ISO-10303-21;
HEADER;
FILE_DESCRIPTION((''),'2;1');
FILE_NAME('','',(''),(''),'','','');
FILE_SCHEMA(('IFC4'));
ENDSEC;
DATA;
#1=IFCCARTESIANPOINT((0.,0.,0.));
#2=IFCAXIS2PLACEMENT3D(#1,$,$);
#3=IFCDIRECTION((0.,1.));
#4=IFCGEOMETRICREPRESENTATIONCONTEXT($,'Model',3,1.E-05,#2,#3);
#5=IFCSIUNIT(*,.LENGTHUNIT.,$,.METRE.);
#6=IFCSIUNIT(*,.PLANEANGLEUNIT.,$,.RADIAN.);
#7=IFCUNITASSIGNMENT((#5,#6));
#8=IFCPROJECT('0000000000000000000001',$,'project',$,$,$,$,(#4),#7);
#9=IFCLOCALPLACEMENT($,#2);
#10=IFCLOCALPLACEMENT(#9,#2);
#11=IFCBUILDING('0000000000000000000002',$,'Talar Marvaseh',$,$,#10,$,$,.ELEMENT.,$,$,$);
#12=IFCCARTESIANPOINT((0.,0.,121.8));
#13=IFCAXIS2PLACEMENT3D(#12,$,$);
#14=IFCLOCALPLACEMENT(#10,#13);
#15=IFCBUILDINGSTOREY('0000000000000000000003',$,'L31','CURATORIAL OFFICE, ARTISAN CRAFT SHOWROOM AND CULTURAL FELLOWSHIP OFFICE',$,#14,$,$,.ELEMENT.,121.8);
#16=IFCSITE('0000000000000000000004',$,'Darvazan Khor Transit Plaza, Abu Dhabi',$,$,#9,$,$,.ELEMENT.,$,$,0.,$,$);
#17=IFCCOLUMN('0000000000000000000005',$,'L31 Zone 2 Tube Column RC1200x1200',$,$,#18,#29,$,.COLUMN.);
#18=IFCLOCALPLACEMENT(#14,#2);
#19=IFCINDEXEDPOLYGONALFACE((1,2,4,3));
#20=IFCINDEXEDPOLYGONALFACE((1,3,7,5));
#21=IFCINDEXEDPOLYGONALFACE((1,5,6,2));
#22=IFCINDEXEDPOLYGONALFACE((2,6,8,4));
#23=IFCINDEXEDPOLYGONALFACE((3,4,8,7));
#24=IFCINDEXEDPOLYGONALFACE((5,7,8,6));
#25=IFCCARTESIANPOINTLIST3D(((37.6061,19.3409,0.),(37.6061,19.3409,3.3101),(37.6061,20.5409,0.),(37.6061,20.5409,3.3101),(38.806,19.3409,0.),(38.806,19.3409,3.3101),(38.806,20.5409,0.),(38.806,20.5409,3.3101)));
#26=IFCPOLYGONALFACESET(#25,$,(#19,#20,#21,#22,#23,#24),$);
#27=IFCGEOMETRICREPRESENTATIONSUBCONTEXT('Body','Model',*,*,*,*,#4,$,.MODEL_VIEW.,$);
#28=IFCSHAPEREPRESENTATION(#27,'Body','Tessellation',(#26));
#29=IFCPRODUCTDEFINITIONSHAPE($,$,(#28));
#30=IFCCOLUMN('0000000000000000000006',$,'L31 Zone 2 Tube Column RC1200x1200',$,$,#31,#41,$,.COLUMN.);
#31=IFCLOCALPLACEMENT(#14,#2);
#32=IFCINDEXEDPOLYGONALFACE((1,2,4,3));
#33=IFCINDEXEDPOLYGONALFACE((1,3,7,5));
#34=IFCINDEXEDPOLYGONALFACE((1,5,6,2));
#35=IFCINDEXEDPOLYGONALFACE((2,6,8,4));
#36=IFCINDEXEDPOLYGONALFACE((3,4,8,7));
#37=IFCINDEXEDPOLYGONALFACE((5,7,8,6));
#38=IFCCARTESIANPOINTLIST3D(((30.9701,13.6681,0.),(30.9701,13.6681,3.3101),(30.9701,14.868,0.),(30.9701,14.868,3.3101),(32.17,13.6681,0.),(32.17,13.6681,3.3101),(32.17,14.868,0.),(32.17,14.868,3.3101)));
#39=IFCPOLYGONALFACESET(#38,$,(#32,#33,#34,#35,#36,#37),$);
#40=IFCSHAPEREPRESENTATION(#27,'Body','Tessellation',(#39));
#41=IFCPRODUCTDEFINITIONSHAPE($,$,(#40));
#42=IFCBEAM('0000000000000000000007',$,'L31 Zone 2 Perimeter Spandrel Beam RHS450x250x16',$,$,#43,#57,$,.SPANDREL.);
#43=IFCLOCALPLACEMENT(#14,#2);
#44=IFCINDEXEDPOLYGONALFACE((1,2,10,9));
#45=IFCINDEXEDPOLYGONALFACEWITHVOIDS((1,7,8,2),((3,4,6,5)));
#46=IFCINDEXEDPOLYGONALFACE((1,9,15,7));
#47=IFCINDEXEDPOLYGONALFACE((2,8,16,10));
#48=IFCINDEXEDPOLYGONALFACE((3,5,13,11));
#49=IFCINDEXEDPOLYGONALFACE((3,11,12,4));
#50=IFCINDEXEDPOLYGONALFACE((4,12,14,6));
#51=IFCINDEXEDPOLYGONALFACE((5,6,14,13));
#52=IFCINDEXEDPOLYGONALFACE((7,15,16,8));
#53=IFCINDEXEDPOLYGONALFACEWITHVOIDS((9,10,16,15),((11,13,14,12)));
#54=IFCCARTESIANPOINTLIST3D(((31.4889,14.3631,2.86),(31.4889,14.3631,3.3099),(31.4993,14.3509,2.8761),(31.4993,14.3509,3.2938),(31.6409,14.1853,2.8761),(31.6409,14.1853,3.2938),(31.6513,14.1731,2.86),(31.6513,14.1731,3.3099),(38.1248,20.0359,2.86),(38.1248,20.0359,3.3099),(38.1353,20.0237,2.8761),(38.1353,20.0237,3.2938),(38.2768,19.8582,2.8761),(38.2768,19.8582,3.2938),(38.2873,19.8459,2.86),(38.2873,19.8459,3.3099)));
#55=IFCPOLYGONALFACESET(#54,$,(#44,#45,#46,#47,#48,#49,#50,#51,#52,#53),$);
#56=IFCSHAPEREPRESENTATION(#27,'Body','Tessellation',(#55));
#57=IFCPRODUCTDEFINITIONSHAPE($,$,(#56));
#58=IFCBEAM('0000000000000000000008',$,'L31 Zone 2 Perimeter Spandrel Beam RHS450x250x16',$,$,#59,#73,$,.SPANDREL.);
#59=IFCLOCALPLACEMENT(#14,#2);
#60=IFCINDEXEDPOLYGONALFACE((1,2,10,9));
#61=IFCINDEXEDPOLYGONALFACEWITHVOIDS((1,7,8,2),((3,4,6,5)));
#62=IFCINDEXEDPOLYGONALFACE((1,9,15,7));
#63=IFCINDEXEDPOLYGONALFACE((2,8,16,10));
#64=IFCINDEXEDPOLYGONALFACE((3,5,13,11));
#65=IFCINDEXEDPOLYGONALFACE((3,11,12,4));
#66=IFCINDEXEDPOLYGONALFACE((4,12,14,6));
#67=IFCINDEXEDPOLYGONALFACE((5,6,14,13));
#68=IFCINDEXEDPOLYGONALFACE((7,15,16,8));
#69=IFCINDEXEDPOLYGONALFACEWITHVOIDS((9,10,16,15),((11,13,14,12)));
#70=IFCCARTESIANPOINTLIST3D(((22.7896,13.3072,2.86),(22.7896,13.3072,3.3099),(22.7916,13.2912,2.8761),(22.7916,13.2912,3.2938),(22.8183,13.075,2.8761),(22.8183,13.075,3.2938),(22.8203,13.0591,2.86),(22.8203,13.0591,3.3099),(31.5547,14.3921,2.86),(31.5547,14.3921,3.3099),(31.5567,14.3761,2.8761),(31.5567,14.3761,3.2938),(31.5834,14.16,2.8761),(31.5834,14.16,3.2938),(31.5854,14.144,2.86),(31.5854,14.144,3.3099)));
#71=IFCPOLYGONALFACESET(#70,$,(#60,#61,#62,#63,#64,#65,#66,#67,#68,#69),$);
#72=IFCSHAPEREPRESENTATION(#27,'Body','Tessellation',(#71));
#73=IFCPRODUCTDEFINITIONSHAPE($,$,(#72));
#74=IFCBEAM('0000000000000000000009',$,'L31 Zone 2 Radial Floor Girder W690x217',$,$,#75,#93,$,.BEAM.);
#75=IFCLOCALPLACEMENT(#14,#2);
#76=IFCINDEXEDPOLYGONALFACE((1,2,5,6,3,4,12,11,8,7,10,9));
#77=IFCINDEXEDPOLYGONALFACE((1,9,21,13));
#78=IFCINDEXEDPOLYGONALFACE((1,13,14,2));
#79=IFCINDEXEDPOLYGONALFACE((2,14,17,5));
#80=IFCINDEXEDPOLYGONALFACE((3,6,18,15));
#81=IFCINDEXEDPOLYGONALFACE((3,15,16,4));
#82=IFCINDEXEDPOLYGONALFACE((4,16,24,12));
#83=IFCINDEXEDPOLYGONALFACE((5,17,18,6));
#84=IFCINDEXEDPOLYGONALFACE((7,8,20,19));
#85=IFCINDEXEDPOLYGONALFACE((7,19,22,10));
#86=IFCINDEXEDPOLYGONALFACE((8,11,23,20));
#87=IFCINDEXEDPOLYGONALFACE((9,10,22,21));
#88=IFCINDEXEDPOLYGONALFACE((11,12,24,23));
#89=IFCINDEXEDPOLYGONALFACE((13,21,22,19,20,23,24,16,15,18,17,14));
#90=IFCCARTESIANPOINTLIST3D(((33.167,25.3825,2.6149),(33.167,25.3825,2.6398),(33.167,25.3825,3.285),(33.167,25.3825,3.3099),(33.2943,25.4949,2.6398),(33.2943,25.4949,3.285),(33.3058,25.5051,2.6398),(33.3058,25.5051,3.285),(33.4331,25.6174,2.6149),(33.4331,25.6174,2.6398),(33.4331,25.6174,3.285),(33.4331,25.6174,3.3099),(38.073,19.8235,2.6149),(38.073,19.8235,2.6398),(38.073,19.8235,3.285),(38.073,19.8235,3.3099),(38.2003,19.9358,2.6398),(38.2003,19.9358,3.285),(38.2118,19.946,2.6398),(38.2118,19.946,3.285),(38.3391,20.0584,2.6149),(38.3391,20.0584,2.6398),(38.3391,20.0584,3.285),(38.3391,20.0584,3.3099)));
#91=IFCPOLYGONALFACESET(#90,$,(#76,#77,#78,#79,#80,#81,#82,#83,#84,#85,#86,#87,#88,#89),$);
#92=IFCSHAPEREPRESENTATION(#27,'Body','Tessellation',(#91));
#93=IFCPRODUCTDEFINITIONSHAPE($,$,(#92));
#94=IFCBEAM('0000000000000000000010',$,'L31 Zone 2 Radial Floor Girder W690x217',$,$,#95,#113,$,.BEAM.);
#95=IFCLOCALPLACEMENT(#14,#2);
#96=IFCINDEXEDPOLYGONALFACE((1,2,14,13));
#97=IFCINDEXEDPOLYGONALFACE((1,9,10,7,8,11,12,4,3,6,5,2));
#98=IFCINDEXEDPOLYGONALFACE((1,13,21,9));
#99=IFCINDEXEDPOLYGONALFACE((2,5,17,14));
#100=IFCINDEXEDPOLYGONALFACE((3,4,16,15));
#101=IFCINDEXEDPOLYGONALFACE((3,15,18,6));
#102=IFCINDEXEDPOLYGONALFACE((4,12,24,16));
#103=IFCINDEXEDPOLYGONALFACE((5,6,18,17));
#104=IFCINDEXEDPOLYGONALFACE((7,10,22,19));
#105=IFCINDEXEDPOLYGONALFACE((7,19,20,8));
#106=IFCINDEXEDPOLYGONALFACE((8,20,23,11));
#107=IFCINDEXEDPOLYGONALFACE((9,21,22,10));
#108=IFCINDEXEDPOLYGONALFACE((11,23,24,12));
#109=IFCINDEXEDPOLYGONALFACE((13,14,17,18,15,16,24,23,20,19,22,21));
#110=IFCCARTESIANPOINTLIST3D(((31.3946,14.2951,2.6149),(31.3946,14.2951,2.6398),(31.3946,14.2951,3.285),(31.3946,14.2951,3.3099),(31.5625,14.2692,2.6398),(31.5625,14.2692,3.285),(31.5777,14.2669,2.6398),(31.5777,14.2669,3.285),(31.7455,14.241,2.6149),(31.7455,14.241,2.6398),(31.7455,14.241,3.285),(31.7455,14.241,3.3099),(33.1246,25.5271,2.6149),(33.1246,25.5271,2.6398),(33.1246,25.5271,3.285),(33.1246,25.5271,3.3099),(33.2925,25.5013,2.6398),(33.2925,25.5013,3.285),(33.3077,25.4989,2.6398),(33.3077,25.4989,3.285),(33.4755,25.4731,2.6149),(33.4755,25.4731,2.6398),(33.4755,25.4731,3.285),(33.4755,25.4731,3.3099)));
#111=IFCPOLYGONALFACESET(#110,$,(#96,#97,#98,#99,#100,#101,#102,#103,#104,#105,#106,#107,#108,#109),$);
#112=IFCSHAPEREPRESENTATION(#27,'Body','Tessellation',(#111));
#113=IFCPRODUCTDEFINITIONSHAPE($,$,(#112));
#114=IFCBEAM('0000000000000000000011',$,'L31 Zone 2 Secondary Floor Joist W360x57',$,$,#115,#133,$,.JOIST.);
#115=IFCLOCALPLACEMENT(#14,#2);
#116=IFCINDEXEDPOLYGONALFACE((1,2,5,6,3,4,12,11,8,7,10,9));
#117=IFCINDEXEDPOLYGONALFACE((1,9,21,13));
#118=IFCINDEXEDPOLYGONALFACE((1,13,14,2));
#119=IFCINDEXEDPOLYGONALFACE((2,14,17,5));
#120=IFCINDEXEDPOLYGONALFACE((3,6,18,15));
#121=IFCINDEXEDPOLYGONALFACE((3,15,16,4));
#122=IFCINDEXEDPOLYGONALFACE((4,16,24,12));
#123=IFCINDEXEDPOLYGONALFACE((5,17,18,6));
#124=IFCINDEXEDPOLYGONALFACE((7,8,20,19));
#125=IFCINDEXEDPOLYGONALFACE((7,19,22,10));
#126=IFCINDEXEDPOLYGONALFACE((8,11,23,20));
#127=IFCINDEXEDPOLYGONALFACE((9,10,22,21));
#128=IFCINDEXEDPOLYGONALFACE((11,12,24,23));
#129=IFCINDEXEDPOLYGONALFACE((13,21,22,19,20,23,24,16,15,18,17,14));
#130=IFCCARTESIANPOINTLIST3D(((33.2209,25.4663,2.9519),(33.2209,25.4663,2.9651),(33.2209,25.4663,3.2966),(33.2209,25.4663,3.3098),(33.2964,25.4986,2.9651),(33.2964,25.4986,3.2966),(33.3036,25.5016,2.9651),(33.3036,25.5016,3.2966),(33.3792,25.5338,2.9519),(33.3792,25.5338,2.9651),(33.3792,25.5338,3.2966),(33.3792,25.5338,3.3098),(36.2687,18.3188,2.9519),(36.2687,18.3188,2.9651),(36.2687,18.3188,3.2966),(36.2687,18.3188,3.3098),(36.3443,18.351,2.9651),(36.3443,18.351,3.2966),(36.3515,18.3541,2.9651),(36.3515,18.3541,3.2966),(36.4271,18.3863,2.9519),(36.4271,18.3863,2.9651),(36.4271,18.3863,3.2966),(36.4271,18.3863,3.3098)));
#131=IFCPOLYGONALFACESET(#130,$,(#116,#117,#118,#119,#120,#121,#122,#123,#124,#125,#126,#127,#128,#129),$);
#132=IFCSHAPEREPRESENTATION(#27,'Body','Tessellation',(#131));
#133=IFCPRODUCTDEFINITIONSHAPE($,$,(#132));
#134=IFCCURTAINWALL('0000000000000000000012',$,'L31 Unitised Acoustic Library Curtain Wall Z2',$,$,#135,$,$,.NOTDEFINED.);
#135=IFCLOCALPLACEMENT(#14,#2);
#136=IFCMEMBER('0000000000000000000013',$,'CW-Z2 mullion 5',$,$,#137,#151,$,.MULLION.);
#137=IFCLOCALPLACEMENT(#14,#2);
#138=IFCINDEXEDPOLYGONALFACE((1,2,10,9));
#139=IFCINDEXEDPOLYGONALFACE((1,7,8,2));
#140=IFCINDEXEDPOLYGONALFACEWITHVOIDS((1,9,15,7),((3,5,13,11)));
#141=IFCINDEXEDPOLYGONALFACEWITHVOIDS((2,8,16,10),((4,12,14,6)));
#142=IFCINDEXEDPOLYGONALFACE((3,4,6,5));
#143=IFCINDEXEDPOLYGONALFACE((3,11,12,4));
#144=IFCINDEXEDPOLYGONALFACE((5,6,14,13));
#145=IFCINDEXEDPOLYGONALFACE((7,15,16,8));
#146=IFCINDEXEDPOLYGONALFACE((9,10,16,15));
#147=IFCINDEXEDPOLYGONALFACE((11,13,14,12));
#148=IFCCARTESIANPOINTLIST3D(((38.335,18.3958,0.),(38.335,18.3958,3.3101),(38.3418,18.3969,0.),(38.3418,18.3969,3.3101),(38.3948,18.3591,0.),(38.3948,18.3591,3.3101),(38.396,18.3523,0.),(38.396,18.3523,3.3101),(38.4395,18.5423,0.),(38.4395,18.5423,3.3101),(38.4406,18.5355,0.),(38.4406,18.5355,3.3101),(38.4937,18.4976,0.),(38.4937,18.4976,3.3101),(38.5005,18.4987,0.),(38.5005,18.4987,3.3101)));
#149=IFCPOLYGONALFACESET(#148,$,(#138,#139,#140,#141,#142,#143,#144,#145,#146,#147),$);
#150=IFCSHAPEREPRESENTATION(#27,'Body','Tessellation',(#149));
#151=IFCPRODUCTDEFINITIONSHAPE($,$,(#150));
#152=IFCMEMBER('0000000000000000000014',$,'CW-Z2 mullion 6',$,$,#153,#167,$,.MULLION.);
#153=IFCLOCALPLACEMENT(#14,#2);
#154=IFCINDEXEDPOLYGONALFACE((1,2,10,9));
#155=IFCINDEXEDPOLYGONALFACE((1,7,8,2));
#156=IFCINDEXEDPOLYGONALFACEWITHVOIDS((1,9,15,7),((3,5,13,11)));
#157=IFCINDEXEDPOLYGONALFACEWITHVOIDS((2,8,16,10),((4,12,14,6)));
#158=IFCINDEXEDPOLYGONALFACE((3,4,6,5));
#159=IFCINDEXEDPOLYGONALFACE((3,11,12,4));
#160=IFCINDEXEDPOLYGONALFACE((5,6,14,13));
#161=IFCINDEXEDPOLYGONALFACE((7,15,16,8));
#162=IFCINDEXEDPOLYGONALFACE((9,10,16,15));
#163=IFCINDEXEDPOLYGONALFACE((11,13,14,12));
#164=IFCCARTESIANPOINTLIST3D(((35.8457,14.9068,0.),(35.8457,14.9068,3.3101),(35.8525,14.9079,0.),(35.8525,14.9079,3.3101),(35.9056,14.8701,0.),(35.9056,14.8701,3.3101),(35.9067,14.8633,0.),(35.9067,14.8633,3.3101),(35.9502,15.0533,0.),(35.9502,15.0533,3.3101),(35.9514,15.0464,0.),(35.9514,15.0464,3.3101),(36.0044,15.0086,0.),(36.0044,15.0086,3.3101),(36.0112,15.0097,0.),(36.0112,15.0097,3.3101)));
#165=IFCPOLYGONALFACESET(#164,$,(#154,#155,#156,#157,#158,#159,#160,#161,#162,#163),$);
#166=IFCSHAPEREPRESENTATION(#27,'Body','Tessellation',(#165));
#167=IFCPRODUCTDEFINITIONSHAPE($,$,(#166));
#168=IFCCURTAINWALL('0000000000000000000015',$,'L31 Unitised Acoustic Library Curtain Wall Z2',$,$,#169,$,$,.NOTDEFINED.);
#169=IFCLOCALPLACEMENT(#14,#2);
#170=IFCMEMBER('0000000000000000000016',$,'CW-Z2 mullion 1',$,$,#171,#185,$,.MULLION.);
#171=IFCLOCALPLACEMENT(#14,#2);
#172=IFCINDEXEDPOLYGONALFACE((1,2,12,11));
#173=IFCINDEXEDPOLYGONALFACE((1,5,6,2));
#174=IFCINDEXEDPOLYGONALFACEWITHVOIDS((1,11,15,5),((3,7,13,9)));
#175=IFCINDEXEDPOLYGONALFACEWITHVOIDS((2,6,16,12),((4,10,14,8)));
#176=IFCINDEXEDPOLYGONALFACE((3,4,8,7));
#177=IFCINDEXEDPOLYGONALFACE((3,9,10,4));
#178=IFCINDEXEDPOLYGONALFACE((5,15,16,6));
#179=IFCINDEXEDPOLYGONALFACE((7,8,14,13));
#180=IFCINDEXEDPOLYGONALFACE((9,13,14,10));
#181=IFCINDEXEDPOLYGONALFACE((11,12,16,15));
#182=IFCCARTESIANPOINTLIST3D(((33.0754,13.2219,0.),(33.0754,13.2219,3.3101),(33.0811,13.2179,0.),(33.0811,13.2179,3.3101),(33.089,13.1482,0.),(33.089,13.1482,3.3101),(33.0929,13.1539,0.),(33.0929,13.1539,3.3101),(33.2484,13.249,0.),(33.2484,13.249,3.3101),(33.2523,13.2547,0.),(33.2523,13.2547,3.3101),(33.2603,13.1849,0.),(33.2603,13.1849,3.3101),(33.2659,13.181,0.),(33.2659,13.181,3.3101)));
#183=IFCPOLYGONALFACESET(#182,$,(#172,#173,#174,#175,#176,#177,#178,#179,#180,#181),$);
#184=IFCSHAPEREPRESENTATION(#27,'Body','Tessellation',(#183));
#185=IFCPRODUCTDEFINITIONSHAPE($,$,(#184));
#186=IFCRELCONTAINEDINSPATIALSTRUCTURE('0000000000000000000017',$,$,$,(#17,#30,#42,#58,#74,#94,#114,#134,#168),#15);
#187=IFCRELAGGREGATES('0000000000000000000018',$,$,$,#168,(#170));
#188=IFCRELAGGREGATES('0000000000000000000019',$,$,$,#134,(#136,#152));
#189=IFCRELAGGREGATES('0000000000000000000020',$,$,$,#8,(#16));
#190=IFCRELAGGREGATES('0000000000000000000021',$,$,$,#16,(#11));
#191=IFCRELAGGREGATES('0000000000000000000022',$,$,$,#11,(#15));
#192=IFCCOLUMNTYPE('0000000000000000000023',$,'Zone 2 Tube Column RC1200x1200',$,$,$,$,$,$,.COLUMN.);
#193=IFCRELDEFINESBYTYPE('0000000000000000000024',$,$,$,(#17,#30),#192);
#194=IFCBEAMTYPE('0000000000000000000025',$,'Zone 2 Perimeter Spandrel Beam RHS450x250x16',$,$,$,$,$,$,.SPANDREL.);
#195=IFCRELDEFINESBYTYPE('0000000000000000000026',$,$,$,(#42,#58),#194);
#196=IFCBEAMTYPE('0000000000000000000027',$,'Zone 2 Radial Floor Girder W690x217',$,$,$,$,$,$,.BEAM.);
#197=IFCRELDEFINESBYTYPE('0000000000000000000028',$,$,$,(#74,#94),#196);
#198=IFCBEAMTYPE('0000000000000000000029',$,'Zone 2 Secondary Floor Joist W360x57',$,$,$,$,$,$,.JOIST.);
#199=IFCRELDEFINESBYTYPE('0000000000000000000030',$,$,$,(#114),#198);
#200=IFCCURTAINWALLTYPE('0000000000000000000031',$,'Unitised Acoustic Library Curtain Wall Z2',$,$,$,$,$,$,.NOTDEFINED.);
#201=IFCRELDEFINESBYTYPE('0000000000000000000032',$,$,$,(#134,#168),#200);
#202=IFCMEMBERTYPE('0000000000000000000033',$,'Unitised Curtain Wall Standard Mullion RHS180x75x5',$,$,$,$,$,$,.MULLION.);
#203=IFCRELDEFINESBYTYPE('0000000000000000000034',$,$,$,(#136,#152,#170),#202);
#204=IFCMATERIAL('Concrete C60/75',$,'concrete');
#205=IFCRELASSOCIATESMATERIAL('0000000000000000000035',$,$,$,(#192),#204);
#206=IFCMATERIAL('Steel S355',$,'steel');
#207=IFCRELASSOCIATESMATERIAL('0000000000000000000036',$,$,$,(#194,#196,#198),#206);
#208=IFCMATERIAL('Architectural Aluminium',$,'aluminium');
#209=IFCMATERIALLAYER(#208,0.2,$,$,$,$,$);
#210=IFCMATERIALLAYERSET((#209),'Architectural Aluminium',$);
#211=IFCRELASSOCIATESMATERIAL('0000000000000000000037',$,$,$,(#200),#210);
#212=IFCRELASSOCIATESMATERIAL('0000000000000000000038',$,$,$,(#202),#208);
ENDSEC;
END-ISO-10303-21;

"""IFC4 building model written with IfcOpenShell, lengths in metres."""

from ifc_helpers import new_model, si_unit, direction, frame, origin, origin_2d, place, context, subcontext, project, spatial, rectangle, hollow_rectangle, i_section, extrude, source, transform, mapped, material, layer, layer_set, material_profile, profile_set, type_object, type_shapes, element, aggregate, save


model = new_model("IFC4")

# Units and contexts
model_context = context("Model", 3, precision=1e-05, world=origin(), true_north=direction((0.0, 1.0)))
body_context = subcontext(model_context, "Body", "Model", "MODEL_VIEW")
ifc_project = project(units=[si_unit("LENGTHUNIT", "METRE"), si_unit("PLANEANGLEUNIT", "RADIAN")], contexts=[model_context])

# Site, building, storey
site_placement = place(None, origin())
site = spatial("IfcSite", under=ifc_project, at=site_placement, Name="Darvazan Khor Transit Plaza, Abu Dhabi", CompositionType="ELEMENT", RefElevation=0.0)
building_placement = place(site_placement, origin())
building = spatial("IfcBuilding", under=site, at=building_placement, Name="Talar Marvaseh", CompositionType="ELEMENT")
storey_placement = place(building_placement, frame((0.0, 0.0, 121.8)))
storey = spatial("IfcBuildingStorey", under=building, at=storey_placement, Name="L31", Description="CURATORIAL OFFICE, ARTISAN CRAFT SHOWROOM AND CULTURAL FELLOWSHIP OFFICE", CompositionType="ELEMENT", Elevation=121.8)

# Columns
ifc_material_1 = material(Name="Concrete C60/75", Category="concrete")
ifc_material_profile_1 = material_profile(ifc_material_1, rectangle(XDim=1.2, YDim=1.2, at=origin_2d()), Name="RC1200x1200")
ifc_profile_set_1 = profile_set([ifc_material_profile_1], Name="Concrete C60/75")
column_type = type_object("IfcColumnType", Name="Zone 2 Tube Column RC1200x1200", PredefinedType="COLUMN", material=ifc_profile_set_1)
for number, where, z_axis, x_axis, name in (
    (1, (38.2061, 19.9409, 0.0), (0.0, 0.0, 1.0), (1.0, 0.0, 0.0), "L31 Zone 2 Tube Column RC1200x1200"),
    (2, (31.5701, 14.2681, 0.0), (0.0, 0.0, 1.0), (1.0, 0.0, 0.0), "L31 Zone 2 Tube Column RC1200x1200"),
):
    element("IfcColumn", number, at=place(storey_placement, frame(where, z_axis=z_axis, x_axis=x_axis)), inside=storey, type_object=column_type, Name=name, PredefinedType="COLUMN", context=body_context, shape_type="SweptSolid", body=[
        extrude(rectangle(XDim=1.2, YDim=1.2, at=origin_2d()), origin(), (0.0, 0.0, 1.0), 3.3101),
    ])

# Beams
ifc_material_2 = material(Name="Steel S355", Category="steel")
ifc_material_profile_2 = material_profile(ifc_material_2, hollow_rectangle(XDim=0.25, YDim=0.45, WallThickness=0.0161, at=origin_2d()), Name="RHS450x250x16")
ifc_profile_set_2 = profile_set([ifc_material_profile_2], Name="Steel S355")
beam_type_1 = type_object("IfcBeamType", Name="Zone 2 Perimeter Spandrel Beam RHS450x250x16", PredefinedType="SPANDREL", material=ifc_profile_set_2)
beam_1_placement = place(storey_placement, frame((38.2061, 19.9409, 3.085), z_axis=(-0.760113, -0.649791, 0.0), x_axis=(0.649791, -0.760113, 0.0)))
element("IfcBeam", 3, at=beam_1_placement, inside=storey, type_object=beam_type_1, Name="L31 Zone 2 Perimeter Spandrel Beam RHS450x250x16", PredefinedType="SPANDREL", context=body_context, shape_type="SweptSolid", body=[
    extrude(hollow_rectangle(XDim=0.25, YDim=0.45, WallThickness=0.0161, at=origin_2d()), origin(), (0.0, 0.0, 1.0), 8.7302),
])
beam_2_placement = place(storey_placement, frame((31.5701, 14.2681, 3.085), z_axis=(-0.992426, -0.122844, 0.0), x_axis=(0.122844, -0.992426, 0.0)))
element("IfcBeam", 4, at=beam_2_placement, inside=storey, type_object=beam_type_1, Name="L31 Zone 2 Perimeter Spandrel Beam RHS450x250x16", PredefinedType="SPANDREL", context=body_context, shape_type="SweptSolid", body=[
    extrude(hollow_rectangle(XDim=0.25, YDim=0.45, WallThickness=0.0161, at=origin_2d()), origin(), (0.0, 0.0, 1.0), 8.832),
])
ifc_material_profile_3 = material_profile(ifc_material_2, i_section(OverallWidth=0.355, OverallDepth=0.6951, WebThickness=0.0154, FlangeThickness=0.0249, at=origin_2d()), Name="W690x217")
ifc_profile_set_3 = profile_set([ifc_material_profile_3], Name="Steel S355")
beam_type_2 = type_object("IfcBeamType", Name="Zone 2 Radial Floor Girder W690x217", PredefinedType="BEAM", material=ifc_profile_set_3)
beam_3_placement = place(storey_placement, frame((38.2061, 19.9409, 2.9624), z_axis=(-0.661692, 0.749775, 0.0), x_axis=(-0.749775, -0.661692, 0.0)))
element("IfcBeam", 5, at=beam_3_placement, inside=storey, type_object=beam_type_2, Name="L31 Zone 2 Radial Floor Girder W690x217", PredefinedType="BEAM", context=body_context, shape_type="SweptSolid", body=[
    extrude(i_section(OverallWidth=0.355, OverallDepth=0.6951, WebThickness=0.0154, FlangeThickness=0.0249, at=origin_2d()), origin(), (0.0, 0.0, 1.0), 7.4143),
])
beam_4_placement = place(storey_placement, frame((31.5701, 14.2681, 2.9624), z_axis=(0.152228, 0.988345, 0.0), x_axis=(-0.988345, 0.152228, 0.0)))
element("IfcBeam", 6, at=beam_4_placement, inside=storey, type_object=beam_type_2, Name="L31 Zone 2 Radial Floor Girder W690x217", PredefinedType="BEAM", context=body_context, shape_type="SweptSolid", body=[
    extrude(i_section(OverallWidth=0.355, OverallDepth=0.6951, WebThickness=0.0154, FlangeThickness=0.0249, at=origin_2d()), origin(), (0.0, 0.0, 1.0), 11.3645),
])
ifc_material_profile_4 = material_profile(ifc_material_2, i_section(OverallWidth=0.1721, OverallDepth=0.3579, WebThickness=0.0078, FlangeThickness=0.0132, at=origin_2d()), Name="W360x57")
ifc_profile_set_4 = profile_set([ifc_material_profile_4], Name="Steel S355")
beam_type_3 = type_object("IfcBeamType", Name="Zone 2 Secondary Floor Joist W360x57", PredefinedType="JOIST", material=ifc_profile_set_4)
beam_5_placement = place(storey_placement, frame((36.3479, 18.3525, 3.1309), z_axis=(-0.39225, 0.919859, 0.0), x_axis=(-0.919859, -0.39225, 0.0)))
element("IfcBeam", 7, at=beam_5_placement, inside=storey, type_object=beam_type_3, Name="L31 Zone 2 Secondary Floor Joist W360x57", PredefinedType="JOIST", context=body_context, shape_type="SweptSolid", body=[
    extrude(i_section(OverallWidth=0.1721, OverallDepth=0.3579, WebThickness=0.0078, FlangeThickness=0.0132, at=origin_2d()), origin(), (0.0, 0.0, 1.0), 7.7703),
])

# Curtain wall, members
ifc_material_3 = material(Name="Architectural Aluminium", Category="aluminium")
ifc_layer_1 = layer(ifc_material_3, 0.2)
ifc_layer_set_1 = layer_set([ifc_layer_1], Name="Architectural Aluminium")
curtain_wall_type = type_object("IfcCurtainWallType", Name="Unitised Acoustic Library Curtain Wall Z2", PredefinedType="NOTDEFINED", material=ifc_layer_set_1)
curtain_wall_1_placement = place(storey_placement, origin())
curtain_wall_1 = element("IfcCurtainWall", 8, at=curtain_wall_1_placement, inside=storey, type_object=curtain_wall_type, Name="L31 Unitised Acoustic Library Curtain Wall Z2", PredefinedType="NOTDEFINED")
ifc_material_profile_5 = material_profile(ifc_material_3, hollow_rectangle(XDim=0.075, YDim=0.1799, WallThickness=0.0049, at=origin_2d()), Name="RHS180x75x5")
ifc_profile_set_5 = profile_set([ifc_material_profile_5], Name="Architectural Aluminium")
member_type_1 = type_object("IfcMemberType", Name="Unitised Curtain Wall Standard Mullion RHS180x75x5", PredefinedType="MULLION", material=ifc_profile_set_5)
shared_shape_1 = source(origin(), body_context, "Body", "SweptSolid", [
    extrude(hollow_rectangle(XDim=0.075, YDim=0.1799, WallThickness=0.0049, at=origin_2d()), origin(), (0.0, 0.0, 1.0), 3.3101),
])
type_shapes(member_type_1, [shared_shape_1])
member_1_placement = place(storey_placement, frame((38.4177, 18.4473, 0.0), z_axis=(0.0, 0.0, 1.0), x_axis=(0.814026, -0.580829, 0.0)))
member_1 = element("IfcMember", 9, at=member_1_placement, type_object=member_type_1, Name="CW-Z2 mullion 5", PredefinedType="MULLION", context=body_context, shape_type="MappedRepresentation", body=[
    mapped(shared_shape_1, transform((0.0, 0.0, 0.0), x_axis=(1.0, 0.0, 0.0), y_axis=(0.0, 1.0, 0.0), z_axis=(0.0, 0.0, 1.0), scale=1.0)),
])
member_2_placement = place(storey_placement, frame((35.9285, 14.9583, 0.0), z_axis=(0.0, 0.0, 1.0), x_axis=(0.814026, -0.580829, 0.0)))
member_2 = element("IfcMember", 10, at=member_2_placement, type_object=member_type_1, Name="CW-Z2 mullion 6", PredefinedType="MULLION", context=body_context, shape_type="MappedRepresentation", body=[
    mapped(shared_shape_1, transform((0.0, 0.0, 0.0), x_axis=(1.0, 0.0, 0.0), y_axis=(0.0, 1.0, 0.0), z_axis=(0.0, 0.0, 1.0), scale=1.0)),
])

# Curtain wall, member
curtain_wall_2_placement = place(storey_placement, origin())
curtain_wall_2 = element("IfcCurtainWall", 11, at=curtain_wall_2_placement, inside=storey, type_object=curtain_wall_type, Name="L31 Unitised Acoustic Library Curtain Wall Z2", PredefinedType="NOTDEFINED")
member_3_placement = place(storey_placement, frame((33.1707, 13.2014, 0.0), z_axis=(0.0, 0.0, 1.0), x_axis=(0.182388, -0.983227, 0.0)))
member_3 = element("IfcMember", 12, at=member_3_placement, type_object=member_type_1, Name="CW-Z2 mullion 1", PredefinedType="MULLION", context=body_context, shape_type="MappedRepresentation", body=[
    mapped(shared_shape_1, transform((0.0, 0.0, 0.0), x_axis=(1.0, 0.0, 0.0), y_axis=(0.0, 1.0, 0.0), z_axis=(0.0, 0.0, 1.0), scale=1.0)),
])

aggregate(curtain_wall_2, [member_3])
aggregate(curtain_wall_1, [member_1, member_2])

save(model, "model.ifc")
